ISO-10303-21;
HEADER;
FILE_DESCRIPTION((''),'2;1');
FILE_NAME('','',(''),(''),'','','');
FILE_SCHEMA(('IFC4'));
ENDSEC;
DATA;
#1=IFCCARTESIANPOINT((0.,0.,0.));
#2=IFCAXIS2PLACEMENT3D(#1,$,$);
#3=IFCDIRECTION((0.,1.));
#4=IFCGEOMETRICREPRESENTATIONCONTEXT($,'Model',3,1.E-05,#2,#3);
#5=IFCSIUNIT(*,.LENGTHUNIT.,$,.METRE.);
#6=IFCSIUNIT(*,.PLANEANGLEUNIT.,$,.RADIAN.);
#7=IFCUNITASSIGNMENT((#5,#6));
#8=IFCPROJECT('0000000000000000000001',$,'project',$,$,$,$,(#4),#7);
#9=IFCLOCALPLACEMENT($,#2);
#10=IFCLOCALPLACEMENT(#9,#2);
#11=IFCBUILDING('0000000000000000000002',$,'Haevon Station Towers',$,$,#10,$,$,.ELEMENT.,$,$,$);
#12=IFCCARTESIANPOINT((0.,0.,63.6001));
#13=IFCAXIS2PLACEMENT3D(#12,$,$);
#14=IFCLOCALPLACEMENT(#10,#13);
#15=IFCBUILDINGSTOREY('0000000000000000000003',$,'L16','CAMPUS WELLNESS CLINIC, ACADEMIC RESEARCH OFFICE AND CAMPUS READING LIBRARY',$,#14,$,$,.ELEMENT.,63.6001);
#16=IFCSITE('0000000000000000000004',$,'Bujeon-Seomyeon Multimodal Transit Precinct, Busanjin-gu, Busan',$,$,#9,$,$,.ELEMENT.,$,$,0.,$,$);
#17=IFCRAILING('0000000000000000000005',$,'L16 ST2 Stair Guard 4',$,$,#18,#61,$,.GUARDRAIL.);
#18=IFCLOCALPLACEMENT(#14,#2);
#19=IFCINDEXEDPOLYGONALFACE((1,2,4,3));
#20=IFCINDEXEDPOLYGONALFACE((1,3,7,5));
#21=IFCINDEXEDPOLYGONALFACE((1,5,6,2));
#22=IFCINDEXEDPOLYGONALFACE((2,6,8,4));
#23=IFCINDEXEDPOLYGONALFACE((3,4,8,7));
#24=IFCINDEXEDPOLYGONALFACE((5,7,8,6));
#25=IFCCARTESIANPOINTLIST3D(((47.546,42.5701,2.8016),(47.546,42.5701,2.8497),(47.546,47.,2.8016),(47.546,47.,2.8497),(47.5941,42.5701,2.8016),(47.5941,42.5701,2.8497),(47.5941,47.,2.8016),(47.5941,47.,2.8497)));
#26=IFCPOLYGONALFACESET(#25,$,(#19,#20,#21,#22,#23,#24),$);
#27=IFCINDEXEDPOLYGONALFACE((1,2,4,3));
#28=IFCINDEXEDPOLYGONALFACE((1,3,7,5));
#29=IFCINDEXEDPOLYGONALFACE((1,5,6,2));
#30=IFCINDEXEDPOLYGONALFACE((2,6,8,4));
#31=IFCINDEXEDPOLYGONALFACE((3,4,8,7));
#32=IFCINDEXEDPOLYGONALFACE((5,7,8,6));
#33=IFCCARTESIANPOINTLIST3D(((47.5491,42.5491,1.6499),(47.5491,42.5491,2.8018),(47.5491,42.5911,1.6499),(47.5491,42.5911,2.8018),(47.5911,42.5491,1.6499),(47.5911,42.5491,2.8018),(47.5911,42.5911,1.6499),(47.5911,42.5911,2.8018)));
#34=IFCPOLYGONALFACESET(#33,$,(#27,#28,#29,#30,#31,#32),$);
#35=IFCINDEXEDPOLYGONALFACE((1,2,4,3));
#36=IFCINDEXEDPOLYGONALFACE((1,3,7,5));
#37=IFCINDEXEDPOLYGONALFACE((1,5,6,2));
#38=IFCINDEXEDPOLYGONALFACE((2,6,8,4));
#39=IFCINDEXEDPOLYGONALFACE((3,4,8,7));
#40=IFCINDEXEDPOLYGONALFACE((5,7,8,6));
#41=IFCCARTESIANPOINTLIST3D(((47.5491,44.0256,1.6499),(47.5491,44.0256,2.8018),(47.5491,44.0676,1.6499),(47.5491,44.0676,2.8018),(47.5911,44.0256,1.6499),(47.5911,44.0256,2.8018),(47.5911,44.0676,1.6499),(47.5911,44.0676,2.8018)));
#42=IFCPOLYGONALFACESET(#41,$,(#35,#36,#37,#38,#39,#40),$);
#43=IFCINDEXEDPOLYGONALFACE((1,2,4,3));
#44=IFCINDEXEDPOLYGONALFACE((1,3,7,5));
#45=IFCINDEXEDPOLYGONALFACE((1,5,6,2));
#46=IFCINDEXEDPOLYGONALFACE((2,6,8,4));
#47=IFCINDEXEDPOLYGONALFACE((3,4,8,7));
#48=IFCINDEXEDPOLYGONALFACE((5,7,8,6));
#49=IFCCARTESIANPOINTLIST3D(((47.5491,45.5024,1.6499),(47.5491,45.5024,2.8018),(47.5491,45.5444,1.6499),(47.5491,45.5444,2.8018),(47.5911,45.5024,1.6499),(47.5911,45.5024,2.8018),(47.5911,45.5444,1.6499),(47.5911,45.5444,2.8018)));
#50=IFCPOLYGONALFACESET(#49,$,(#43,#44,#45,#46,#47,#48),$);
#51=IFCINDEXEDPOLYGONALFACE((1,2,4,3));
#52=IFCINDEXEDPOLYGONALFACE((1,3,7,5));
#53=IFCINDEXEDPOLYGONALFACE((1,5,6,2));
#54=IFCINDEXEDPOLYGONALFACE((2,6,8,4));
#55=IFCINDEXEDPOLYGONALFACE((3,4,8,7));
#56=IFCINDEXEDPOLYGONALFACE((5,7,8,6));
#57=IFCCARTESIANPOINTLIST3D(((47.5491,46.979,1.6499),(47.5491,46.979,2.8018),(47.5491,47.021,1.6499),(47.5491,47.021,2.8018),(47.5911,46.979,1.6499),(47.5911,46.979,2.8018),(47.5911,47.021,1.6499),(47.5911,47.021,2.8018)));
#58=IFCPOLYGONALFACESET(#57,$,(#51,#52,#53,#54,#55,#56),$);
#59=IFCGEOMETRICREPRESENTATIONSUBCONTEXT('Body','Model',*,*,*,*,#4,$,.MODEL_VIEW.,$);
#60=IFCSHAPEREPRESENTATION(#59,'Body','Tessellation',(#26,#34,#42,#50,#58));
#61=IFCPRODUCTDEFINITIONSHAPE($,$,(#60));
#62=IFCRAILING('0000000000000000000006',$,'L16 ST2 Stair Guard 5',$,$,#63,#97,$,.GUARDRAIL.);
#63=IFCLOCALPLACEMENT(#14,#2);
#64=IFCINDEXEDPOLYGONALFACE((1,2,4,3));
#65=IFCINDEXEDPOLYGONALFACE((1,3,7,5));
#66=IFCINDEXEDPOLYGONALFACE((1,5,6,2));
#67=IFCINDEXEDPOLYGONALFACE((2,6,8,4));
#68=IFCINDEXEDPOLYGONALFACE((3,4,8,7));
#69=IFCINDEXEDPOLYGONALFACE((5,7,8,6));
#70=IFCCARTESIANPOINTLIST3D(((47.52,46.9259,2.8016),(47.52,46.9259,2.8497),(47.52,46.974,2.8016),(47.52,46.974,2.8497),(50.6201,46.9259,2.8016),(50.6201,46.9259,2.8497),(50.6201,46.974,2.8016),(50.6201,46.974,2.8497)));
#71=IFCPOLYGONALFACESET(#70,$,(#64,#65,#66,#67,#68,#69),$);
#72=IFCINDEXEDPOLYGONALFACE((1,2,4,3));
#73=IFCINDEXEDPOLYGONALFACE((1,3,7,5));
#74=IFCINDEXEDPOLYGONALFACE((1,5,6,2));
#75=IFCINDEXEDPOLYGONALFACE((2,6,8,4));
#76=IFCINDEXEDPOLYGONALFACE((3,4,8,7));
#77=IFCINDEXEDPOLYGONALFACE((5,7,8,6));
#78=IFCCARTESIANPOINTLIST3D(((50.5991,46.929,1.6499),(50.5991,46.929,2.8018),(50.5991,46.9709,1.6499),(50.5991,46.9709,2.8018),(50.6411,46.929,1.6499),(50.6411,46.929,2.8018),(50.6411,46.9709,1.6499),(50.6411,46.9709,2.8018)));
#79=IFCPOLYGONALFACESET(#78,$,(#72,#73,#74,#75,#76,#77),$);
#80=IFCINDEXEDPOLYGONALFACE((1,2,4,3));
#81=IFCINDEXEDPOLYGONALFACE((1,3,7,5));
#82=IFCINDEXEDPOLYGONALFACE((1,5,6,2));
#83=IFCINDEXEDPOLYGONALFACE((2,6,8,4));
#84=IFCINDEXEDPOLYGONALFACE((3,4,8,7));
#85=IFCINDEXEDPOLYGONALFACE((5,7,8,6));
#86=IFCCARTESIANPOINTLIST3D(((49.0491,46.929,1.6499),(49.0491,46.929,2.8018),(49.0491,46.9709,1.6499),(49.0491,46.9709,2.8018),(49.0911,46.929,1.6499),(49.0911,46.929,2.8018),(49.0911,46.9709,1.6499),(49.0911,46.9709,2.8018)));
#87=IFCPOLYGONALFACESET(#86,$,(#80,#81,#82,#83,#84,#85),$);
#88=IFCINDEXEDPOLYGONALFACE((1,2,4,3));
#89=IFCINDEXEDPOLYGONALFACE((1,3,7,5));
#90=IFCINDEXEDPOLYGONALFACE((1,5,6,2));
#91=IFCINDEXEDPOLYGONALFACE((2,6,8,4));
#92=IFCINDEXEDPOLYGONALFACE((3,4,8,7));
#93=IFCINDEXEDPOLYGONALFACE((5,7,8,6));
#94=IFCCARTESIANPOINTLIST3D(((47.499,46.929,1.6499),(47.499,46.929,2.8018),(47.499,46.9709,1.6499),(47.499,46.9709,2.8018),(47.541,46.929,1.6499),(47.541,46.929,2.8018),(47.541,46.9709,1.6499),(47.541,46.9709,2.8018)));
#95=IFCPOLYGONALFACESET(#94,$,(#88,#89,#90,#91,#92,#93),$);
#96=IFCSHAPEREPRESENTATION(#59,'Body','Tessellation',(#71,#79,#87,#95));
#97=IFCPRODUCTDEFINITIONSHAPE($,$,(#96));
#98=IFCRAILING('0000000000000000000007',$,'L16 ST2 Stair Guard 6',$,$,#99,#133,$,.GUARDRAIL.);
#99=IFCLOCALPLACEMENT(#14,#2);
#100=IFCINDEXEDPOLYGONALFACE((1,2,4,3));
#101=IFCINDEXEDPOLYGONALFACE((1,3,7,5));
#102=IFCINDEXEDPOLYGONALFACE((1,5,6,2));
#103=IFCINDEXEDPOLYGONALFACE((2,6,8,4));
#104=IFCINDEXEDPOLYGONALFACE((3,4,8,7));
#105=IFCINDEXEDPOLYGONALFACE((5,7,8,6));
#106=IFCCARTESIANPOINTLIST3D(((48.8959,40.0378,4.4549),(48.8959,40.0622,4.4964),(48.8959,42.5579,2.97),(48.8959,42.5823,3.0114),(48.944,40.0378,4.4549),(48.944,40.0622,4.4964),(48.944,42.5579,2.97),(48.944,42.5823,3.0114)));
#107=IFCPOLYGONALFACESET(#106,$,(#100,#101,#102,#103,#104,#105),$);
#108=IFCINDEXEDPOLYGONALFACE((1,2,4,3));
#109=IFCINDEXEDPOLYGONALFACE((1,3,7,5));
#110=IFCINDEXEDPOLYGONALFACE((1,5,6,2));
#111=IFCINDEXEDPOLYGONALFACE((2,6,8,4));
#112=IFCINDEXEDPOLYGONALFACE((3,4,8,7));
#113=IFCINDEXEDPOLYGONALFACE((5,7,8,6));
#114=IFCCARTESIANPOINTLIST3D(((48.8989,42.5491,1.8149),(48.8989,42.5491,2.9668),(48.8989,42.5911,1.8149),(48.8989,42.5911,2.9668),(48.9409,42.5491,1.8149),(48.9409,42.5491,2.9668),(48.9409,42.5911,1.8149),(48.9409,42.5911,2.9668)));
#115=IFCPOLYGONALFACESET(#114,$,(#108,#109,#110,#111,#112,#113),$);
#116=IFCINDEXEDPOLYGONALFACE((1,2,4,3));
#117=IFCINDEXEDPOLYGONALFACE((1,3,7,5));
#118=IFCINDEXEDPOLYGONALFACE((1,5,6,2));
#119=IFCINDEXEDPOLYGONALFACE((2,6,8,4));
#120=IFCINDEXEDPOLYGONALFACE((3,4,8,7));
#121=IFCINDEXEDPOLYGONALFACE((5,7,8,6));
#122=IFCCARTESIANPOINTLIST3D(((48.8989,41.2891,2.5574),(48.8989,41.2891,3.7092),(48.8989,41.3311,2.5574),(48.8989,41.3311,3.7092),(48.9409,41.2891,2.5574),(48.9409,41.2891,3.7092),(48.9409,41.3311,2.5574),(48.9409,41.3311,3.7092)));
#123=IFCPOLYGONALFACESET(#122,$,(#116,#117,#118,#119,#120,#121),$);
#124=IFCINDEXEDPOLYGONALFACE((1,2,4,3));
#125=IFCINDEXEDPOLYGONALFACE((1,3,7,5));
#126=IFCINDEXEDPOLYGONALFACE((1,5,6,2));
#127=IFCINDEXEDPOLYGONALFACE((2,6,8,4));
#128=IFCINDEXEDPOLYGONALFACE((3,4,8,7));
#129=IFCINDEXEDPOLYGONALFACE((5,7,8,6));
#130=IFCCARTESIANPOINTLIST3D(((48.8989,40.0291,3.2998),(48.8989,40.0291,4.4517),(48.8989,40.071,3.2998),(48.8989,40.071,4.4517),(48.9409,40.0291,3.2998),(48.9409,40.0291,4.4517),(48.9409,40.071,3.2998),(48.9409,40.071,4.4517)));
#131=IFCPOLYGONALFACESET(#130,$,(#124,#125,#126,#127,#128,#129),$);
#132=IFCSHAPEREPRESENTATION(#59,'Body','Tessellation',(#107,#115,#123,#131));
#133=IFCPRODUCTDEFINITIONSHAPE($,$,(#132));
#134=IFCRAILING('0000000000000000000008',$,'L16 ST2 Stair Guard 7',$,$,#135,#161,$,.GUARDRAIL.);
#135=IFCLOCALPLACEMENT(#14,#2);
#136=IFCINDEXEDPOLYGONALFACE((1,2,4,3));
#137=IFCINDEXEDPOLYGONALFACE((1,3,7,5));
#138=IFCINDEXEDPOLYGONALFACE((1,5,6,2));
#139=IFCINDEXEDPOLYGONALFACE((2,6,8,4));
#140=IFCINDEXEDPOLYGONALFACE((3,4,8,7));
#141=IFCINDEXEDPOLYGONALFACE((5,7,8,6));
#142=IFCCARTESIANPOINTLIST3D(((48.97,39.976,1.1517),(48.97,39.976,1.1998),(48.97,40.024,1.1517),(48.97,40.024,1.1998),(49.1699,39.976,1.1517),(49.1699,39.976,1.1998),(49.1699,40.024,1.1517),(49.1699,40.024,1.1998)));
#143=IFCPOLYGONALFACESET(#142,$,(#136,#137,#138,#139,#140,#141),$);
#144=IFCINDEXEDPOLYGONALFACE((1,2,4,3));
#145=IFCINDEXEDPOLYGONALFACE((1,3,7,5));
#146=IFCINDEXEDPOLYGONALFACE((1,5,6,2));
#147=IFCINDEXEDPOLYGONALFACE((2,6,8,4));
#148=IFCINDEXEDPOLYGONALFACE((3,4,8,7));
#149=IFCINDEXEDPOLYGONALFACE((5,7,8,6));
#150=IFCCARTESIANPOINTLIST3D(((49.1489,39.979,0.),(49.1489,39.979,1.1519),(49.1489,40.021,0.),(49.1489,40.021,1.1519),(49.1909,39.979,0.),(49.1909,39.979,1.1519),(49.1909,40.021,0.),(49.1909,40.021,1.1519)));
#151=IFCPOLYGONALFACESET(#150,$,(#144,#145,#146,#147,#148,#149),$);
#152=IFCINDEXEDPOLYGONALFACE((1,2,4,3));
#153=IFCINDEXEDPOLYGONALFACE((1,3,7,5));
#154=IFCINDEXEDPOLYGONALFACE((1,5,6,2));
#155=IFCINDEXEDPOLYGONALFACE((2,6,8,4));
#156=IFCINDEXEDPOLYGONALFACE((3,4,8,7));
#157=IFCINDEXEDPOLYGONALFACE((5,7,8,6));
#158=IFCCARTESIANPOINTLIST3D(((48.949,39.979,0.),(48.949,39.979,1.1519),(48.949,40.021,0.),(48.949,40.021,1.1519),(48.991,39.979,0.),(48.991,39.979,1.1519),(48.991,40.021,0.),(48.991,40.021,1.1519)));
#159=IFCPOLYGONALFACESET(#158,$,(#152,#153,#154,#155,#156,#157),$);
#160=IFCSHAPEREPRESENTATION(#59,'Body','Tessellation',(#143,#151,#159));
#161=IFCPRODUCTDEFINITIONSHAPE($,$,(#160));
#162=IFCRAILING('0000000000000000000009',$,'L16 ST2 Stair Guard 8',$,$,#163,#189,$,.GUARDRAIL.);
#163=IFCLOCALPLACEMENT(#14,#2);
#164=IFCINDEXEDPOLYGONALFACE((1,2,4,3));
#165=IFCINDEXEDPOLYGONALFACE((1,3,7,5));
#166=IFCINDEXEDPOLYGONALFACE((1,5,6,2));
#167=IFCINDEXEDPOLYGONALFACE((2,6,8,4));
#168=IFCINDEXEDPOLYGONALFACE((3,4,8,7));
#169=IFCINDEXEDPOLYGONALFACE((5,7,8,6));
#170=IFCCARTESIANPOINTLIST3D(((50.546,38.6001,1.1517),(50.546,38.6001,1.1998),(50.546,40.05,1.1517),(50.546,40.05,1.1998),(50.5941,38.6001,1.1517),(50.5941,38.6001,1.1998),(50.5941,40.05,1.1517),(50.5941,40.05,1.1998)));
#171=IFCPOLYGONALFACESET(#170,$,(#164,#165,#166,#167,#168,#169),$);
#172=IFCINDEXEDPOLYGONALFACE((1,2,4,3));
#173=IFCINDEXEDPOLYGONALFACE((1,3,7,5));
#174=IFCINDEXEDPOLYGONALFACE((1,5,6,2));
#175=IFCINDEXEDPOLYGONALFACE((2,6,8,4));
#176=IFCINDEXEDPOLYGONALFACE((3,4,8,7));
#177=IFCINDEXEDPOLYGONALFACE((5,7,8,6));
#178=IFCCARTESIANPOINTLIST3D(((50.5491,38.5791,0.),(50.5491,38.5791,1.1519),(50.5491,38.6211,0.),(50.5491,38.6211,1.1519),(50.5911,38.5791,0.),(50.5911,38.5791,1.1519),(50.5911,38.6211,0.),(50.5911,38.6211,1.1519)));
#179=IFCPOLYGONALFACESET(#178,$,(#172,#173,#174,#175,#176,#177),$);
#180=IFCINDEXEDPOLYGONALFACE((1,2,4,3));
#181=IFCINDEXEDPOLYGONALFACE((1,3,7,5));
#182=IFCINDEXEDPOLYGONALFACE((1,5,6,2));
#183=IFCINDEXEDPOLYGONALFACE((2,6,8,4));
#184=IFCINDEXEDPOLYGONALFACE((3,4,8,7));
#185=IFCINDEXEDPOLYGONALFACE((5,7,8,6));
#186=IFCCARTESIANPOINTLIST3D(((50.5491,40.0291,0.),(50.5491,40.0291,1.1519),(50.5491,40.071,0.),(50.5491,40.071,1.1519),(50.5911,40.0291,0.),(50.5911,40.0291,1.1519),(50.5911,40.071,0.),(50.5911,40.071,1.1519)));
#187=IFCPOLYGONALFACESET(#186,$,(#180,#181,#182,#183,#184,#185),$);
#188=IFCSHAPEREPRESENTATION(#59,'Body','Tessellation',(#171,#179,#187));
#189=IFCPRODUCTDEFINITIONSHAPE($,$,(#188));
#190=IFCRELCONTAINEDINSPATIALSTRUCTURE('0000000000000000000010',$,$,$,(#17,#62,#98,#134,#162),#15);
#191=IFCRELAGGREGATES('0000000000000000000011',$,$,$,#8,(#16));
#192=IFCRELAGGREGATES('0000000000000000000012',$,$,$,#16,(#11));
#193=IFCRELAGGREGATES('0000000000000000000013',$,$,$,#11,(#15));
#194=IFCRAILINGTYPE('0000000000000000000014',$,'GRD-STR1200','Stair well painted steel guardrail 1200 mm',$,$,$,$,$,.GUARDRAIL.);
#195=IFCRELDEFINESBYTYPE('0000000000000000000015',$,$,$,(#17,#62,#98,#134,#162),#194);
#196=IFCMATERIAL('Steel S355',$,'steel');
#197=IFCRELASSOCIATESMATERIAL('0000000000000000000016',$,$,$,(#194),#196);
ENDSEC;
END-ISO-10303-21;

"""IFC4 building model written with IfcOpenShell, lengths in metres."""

from ifc_helpers import new_model, si_unit, direction, frame, origin, origin_2d, place, context, subcontext, project, spatial, rectangle, extrude, material, type_object, element, save


model = new_model("IFC4")

# Units and contexts
model_context = context("Model", 3, precision=1e-05, world=origin(), true_north=direction((0.0, 1.0)))
body_context = subcontext(model_context, "Body", "Model", "MODEL_VIEW")
ifc_project = project(units=[si_unit("LENGTHUNIT", "METRE"), si_unit("PLANEANGLEUNIT", "RADIAN")], contexts=[model_context])

# Site, building, storey
site_placement = place(None, origin())
site = spatial("IfcSite", under=ifc_project, at=site_placement, Name="Bujeon-Seomyeon Multimodal Transit Precinct, Busanjin-gu, Busan", CompositionType="ELEMENT", RefElevation=0.0)
building_placement = place(site_placement, origin())
building = spatial("IfcBuilding", under=site, at=building_placement, Name="Haevon Station Towers", CompositionType="ELEMENT")
storey_placement = place(building_placement, frame((0.0, 0.0, 63.6001)))
storey = spatial("IfcBuildingStorey", under=building, at=storey_placement, Name="L16", Description="CAMPUS WELLNESS CLINIC, ACADEMIC RESEARCH OFFICE AND CAMPUS READING LIBRARY", CompositionType="ELEMENT", Elevation=63.6001)

# Shared definitions
ifc_material_1 = material(Name="Steel S355", Category="steel")

# Railings
railing_type_1 = type_object("IfcRailingType", Name="GRD-STR1200", Description="Stair well painted steel guardrail 1200 mm", PredefinedType="GUARDRAIL", material=ifc_material_1)
for number, where, name in (
    (1, (47.5701, 42.5701, 1.6499), "L16 ST2 Stair Guard 4"),
):
    element("IfcRailing", number, at=place(storey_placement, frame(where)), inside=storey, type_object=railing_type_1, Name=name, PredefinedType="GUARDRAIL", context=body_context, shape_type="SweptSolid", body=[
        extrude(rectangle(XDim=0.0481, YDim=0.0481, at=origin_2d()), frame((0.0, 0.0, 1.1758), z_axis=(0.0, 1.0, 0.0), x_axis=(-1.0, 0.0, 0.0)), (0.0, 0.0, 1.0), 4.4299),
        extrude(rectangle(XDim=0.042, YDim=0.042, at=origin_2d()), origin(), (0.0, 0.0, 1.0), 1.1519),
        extrude(rectangle(XDim=0.042, YDim=0.042, at=origin_2d()), frame((0.0, 1.4766, 0.0)), (0.0, 0.0, 1.0), 1.1519),
        extrude(rectangle(XDim=0.042, YDim=0.042, at=origin_2d()), frame((0.0, 2.9534, 0.0)), (0.0, 0.0, 1.0), 1.1519),
        extrude(rectangle(XDim=0.042, YDim=0.042, at=origin_2d()), frame((0.0, 4.4299, 0.0)), (0.0, 0.0, 1.0), 1.1519),
    ])
railing_1_placement = place(storey_placement, frame((50.6201, 46.95, 1.6499)))
element("IfcRailing", 2, at=railing_1_placement, inside=storey, type_object=railing_type_1, Name="L16 ST2 Stair Guard 5", PredefinedType="GUARDRAIL", context=body_context, shape_type="SweptSolid", body=[
    extrude(rectangle(XDim=0.0481, YDim=0.0481, at=origin_2d()), frame((0.0, 0.0, 1.1758), z_axis=(-1.0, 0.0, 0.0), x_axis=(0.0, -1.0, 0.0)), (0.0, 0.0, 1.0), 3.1001),
    extrude(rectangle(XDim=0.042, YDim=0.042, at=origin_2d()), origin(), (0.0, 0.0, 1.0), 1.1519),
    extrude(rectangle(XDim=0.042, YDim=0.042, at=origin_2d()), frame((-1.55, 0.0, 0.0)), (0.0, 0.0, 1.0), 1.1519),
    extrude(rectangle(XDim=0.042, YDim=0.042, at=origin_2d()), frame((-3.1001, 0.0, 0.0)), (0.0, 0.0, 1.0), 1.1519),
])
railing_2_placement = place(storey_placement, frame((48.9199, 42.5701, 1.8149)))
element("IfcRailing", 3, at=railing_2_placement, inside=storey, type_object=railing_type_1, Name="L16 ST2 Stair Guard 6", PredefinedType="GUARDRAIL", context=body_context, shape_type="SweptSolid", body=[
    extrude(rectangle(XDim=0.0481, YDim=0.0481, at=origin_2d()), frame((0.0, 0.0, 1.1758), z_axis=(0.0, -0.861561, 0.507655), x_axis=(1.0, 0.0, 0.0)), (0.0, 0.0, 1.0), 2.925),
    extrude(rectangle(XDim=0.042, YDim=0.042, at=origin_2d()), origin(), (0.0, 0.0, 1.0), 1.1519),
    extrude(rectangle(XDim=0.042, YDim=0.042, at=origin_2d()), frame((0.0, -1.26, 0.7424)), (0.0, 0.0, 1.0), 1.1519),
    extrude(rectangle(XDim=0.042, YDim=0.042, at=origin_2d()), frame((0.0, -2.52, 1.4849)), (0.0, 0.0, 1.0), 1.1519),
])
railing_3_placement = place(storey_placement, frame((49.1699, 40.0, 0.0)))
element("IfcRailing", 4, at=railing_3_placement, inside=storey, type_object=railing_type_1, Name="L16 ST2 Stair Guard 7", PredefinedType="GUARDRAIL", context=body_context, shape_type="SweptSolid", body=[
    extrude(rectangle(XDim=0.0481, YDim=0.0481, at=origin_2d()), frame((0.0, 0.0, 1.1758), z_axis=(-1.0, 0.0, 0.0), x_axis=(0.0, -1.0, 0.0)), (0.0, 0.0, 1.0), 0.2),
    extrude(rectangle(XDim=0.042, YDim=0.042, at=origin_2d()), origin(), (0.0, 0.0, 1.0), 1.1519),
    extrude(rectangle(XDim=0.042, YDim=0.042, at=origin_2d()), frame((-0.2, 0.0, 0.0)), (0.0, 0.0, 1.0), 1.1519),
])
railing_4_placement = place(storey_placement, frame((50.5701, 38.6001, 0.0)))
element("IfcRailing", 5, at=railing_4_placement, inside=storey, type_object=railing_type_1, Name="L16 ST2 Stair Guard 8", PredefinedType="GUARDRAIL", context=body_context, shape_type="SweptSolid", body=[
    extrude(rectangle(XDim=0.0481, YDim=0.0481, at=origin_2d()), frame((0.0, 0.0, 1.1758), z_axis=(0.0, 1.0, 0.0), x_axis=(-1.0, 0.0, 0.0)), (0.0, 0.0, 1.0), 1.45),
    extrude(rectangle(XDim=0.042, YDim=0.042, at=origin_2d()), origin(), (0.0, 0.0, 1.0), 1.1519),
    extrude(rectangle(XDim=0.042, YDim=0.042, at=origin_2d()), frame((0.0, 1.45, 0.0)), (0.0, 0.0, 1.0), 1.1519),
])

save(model, "model.ifc")
